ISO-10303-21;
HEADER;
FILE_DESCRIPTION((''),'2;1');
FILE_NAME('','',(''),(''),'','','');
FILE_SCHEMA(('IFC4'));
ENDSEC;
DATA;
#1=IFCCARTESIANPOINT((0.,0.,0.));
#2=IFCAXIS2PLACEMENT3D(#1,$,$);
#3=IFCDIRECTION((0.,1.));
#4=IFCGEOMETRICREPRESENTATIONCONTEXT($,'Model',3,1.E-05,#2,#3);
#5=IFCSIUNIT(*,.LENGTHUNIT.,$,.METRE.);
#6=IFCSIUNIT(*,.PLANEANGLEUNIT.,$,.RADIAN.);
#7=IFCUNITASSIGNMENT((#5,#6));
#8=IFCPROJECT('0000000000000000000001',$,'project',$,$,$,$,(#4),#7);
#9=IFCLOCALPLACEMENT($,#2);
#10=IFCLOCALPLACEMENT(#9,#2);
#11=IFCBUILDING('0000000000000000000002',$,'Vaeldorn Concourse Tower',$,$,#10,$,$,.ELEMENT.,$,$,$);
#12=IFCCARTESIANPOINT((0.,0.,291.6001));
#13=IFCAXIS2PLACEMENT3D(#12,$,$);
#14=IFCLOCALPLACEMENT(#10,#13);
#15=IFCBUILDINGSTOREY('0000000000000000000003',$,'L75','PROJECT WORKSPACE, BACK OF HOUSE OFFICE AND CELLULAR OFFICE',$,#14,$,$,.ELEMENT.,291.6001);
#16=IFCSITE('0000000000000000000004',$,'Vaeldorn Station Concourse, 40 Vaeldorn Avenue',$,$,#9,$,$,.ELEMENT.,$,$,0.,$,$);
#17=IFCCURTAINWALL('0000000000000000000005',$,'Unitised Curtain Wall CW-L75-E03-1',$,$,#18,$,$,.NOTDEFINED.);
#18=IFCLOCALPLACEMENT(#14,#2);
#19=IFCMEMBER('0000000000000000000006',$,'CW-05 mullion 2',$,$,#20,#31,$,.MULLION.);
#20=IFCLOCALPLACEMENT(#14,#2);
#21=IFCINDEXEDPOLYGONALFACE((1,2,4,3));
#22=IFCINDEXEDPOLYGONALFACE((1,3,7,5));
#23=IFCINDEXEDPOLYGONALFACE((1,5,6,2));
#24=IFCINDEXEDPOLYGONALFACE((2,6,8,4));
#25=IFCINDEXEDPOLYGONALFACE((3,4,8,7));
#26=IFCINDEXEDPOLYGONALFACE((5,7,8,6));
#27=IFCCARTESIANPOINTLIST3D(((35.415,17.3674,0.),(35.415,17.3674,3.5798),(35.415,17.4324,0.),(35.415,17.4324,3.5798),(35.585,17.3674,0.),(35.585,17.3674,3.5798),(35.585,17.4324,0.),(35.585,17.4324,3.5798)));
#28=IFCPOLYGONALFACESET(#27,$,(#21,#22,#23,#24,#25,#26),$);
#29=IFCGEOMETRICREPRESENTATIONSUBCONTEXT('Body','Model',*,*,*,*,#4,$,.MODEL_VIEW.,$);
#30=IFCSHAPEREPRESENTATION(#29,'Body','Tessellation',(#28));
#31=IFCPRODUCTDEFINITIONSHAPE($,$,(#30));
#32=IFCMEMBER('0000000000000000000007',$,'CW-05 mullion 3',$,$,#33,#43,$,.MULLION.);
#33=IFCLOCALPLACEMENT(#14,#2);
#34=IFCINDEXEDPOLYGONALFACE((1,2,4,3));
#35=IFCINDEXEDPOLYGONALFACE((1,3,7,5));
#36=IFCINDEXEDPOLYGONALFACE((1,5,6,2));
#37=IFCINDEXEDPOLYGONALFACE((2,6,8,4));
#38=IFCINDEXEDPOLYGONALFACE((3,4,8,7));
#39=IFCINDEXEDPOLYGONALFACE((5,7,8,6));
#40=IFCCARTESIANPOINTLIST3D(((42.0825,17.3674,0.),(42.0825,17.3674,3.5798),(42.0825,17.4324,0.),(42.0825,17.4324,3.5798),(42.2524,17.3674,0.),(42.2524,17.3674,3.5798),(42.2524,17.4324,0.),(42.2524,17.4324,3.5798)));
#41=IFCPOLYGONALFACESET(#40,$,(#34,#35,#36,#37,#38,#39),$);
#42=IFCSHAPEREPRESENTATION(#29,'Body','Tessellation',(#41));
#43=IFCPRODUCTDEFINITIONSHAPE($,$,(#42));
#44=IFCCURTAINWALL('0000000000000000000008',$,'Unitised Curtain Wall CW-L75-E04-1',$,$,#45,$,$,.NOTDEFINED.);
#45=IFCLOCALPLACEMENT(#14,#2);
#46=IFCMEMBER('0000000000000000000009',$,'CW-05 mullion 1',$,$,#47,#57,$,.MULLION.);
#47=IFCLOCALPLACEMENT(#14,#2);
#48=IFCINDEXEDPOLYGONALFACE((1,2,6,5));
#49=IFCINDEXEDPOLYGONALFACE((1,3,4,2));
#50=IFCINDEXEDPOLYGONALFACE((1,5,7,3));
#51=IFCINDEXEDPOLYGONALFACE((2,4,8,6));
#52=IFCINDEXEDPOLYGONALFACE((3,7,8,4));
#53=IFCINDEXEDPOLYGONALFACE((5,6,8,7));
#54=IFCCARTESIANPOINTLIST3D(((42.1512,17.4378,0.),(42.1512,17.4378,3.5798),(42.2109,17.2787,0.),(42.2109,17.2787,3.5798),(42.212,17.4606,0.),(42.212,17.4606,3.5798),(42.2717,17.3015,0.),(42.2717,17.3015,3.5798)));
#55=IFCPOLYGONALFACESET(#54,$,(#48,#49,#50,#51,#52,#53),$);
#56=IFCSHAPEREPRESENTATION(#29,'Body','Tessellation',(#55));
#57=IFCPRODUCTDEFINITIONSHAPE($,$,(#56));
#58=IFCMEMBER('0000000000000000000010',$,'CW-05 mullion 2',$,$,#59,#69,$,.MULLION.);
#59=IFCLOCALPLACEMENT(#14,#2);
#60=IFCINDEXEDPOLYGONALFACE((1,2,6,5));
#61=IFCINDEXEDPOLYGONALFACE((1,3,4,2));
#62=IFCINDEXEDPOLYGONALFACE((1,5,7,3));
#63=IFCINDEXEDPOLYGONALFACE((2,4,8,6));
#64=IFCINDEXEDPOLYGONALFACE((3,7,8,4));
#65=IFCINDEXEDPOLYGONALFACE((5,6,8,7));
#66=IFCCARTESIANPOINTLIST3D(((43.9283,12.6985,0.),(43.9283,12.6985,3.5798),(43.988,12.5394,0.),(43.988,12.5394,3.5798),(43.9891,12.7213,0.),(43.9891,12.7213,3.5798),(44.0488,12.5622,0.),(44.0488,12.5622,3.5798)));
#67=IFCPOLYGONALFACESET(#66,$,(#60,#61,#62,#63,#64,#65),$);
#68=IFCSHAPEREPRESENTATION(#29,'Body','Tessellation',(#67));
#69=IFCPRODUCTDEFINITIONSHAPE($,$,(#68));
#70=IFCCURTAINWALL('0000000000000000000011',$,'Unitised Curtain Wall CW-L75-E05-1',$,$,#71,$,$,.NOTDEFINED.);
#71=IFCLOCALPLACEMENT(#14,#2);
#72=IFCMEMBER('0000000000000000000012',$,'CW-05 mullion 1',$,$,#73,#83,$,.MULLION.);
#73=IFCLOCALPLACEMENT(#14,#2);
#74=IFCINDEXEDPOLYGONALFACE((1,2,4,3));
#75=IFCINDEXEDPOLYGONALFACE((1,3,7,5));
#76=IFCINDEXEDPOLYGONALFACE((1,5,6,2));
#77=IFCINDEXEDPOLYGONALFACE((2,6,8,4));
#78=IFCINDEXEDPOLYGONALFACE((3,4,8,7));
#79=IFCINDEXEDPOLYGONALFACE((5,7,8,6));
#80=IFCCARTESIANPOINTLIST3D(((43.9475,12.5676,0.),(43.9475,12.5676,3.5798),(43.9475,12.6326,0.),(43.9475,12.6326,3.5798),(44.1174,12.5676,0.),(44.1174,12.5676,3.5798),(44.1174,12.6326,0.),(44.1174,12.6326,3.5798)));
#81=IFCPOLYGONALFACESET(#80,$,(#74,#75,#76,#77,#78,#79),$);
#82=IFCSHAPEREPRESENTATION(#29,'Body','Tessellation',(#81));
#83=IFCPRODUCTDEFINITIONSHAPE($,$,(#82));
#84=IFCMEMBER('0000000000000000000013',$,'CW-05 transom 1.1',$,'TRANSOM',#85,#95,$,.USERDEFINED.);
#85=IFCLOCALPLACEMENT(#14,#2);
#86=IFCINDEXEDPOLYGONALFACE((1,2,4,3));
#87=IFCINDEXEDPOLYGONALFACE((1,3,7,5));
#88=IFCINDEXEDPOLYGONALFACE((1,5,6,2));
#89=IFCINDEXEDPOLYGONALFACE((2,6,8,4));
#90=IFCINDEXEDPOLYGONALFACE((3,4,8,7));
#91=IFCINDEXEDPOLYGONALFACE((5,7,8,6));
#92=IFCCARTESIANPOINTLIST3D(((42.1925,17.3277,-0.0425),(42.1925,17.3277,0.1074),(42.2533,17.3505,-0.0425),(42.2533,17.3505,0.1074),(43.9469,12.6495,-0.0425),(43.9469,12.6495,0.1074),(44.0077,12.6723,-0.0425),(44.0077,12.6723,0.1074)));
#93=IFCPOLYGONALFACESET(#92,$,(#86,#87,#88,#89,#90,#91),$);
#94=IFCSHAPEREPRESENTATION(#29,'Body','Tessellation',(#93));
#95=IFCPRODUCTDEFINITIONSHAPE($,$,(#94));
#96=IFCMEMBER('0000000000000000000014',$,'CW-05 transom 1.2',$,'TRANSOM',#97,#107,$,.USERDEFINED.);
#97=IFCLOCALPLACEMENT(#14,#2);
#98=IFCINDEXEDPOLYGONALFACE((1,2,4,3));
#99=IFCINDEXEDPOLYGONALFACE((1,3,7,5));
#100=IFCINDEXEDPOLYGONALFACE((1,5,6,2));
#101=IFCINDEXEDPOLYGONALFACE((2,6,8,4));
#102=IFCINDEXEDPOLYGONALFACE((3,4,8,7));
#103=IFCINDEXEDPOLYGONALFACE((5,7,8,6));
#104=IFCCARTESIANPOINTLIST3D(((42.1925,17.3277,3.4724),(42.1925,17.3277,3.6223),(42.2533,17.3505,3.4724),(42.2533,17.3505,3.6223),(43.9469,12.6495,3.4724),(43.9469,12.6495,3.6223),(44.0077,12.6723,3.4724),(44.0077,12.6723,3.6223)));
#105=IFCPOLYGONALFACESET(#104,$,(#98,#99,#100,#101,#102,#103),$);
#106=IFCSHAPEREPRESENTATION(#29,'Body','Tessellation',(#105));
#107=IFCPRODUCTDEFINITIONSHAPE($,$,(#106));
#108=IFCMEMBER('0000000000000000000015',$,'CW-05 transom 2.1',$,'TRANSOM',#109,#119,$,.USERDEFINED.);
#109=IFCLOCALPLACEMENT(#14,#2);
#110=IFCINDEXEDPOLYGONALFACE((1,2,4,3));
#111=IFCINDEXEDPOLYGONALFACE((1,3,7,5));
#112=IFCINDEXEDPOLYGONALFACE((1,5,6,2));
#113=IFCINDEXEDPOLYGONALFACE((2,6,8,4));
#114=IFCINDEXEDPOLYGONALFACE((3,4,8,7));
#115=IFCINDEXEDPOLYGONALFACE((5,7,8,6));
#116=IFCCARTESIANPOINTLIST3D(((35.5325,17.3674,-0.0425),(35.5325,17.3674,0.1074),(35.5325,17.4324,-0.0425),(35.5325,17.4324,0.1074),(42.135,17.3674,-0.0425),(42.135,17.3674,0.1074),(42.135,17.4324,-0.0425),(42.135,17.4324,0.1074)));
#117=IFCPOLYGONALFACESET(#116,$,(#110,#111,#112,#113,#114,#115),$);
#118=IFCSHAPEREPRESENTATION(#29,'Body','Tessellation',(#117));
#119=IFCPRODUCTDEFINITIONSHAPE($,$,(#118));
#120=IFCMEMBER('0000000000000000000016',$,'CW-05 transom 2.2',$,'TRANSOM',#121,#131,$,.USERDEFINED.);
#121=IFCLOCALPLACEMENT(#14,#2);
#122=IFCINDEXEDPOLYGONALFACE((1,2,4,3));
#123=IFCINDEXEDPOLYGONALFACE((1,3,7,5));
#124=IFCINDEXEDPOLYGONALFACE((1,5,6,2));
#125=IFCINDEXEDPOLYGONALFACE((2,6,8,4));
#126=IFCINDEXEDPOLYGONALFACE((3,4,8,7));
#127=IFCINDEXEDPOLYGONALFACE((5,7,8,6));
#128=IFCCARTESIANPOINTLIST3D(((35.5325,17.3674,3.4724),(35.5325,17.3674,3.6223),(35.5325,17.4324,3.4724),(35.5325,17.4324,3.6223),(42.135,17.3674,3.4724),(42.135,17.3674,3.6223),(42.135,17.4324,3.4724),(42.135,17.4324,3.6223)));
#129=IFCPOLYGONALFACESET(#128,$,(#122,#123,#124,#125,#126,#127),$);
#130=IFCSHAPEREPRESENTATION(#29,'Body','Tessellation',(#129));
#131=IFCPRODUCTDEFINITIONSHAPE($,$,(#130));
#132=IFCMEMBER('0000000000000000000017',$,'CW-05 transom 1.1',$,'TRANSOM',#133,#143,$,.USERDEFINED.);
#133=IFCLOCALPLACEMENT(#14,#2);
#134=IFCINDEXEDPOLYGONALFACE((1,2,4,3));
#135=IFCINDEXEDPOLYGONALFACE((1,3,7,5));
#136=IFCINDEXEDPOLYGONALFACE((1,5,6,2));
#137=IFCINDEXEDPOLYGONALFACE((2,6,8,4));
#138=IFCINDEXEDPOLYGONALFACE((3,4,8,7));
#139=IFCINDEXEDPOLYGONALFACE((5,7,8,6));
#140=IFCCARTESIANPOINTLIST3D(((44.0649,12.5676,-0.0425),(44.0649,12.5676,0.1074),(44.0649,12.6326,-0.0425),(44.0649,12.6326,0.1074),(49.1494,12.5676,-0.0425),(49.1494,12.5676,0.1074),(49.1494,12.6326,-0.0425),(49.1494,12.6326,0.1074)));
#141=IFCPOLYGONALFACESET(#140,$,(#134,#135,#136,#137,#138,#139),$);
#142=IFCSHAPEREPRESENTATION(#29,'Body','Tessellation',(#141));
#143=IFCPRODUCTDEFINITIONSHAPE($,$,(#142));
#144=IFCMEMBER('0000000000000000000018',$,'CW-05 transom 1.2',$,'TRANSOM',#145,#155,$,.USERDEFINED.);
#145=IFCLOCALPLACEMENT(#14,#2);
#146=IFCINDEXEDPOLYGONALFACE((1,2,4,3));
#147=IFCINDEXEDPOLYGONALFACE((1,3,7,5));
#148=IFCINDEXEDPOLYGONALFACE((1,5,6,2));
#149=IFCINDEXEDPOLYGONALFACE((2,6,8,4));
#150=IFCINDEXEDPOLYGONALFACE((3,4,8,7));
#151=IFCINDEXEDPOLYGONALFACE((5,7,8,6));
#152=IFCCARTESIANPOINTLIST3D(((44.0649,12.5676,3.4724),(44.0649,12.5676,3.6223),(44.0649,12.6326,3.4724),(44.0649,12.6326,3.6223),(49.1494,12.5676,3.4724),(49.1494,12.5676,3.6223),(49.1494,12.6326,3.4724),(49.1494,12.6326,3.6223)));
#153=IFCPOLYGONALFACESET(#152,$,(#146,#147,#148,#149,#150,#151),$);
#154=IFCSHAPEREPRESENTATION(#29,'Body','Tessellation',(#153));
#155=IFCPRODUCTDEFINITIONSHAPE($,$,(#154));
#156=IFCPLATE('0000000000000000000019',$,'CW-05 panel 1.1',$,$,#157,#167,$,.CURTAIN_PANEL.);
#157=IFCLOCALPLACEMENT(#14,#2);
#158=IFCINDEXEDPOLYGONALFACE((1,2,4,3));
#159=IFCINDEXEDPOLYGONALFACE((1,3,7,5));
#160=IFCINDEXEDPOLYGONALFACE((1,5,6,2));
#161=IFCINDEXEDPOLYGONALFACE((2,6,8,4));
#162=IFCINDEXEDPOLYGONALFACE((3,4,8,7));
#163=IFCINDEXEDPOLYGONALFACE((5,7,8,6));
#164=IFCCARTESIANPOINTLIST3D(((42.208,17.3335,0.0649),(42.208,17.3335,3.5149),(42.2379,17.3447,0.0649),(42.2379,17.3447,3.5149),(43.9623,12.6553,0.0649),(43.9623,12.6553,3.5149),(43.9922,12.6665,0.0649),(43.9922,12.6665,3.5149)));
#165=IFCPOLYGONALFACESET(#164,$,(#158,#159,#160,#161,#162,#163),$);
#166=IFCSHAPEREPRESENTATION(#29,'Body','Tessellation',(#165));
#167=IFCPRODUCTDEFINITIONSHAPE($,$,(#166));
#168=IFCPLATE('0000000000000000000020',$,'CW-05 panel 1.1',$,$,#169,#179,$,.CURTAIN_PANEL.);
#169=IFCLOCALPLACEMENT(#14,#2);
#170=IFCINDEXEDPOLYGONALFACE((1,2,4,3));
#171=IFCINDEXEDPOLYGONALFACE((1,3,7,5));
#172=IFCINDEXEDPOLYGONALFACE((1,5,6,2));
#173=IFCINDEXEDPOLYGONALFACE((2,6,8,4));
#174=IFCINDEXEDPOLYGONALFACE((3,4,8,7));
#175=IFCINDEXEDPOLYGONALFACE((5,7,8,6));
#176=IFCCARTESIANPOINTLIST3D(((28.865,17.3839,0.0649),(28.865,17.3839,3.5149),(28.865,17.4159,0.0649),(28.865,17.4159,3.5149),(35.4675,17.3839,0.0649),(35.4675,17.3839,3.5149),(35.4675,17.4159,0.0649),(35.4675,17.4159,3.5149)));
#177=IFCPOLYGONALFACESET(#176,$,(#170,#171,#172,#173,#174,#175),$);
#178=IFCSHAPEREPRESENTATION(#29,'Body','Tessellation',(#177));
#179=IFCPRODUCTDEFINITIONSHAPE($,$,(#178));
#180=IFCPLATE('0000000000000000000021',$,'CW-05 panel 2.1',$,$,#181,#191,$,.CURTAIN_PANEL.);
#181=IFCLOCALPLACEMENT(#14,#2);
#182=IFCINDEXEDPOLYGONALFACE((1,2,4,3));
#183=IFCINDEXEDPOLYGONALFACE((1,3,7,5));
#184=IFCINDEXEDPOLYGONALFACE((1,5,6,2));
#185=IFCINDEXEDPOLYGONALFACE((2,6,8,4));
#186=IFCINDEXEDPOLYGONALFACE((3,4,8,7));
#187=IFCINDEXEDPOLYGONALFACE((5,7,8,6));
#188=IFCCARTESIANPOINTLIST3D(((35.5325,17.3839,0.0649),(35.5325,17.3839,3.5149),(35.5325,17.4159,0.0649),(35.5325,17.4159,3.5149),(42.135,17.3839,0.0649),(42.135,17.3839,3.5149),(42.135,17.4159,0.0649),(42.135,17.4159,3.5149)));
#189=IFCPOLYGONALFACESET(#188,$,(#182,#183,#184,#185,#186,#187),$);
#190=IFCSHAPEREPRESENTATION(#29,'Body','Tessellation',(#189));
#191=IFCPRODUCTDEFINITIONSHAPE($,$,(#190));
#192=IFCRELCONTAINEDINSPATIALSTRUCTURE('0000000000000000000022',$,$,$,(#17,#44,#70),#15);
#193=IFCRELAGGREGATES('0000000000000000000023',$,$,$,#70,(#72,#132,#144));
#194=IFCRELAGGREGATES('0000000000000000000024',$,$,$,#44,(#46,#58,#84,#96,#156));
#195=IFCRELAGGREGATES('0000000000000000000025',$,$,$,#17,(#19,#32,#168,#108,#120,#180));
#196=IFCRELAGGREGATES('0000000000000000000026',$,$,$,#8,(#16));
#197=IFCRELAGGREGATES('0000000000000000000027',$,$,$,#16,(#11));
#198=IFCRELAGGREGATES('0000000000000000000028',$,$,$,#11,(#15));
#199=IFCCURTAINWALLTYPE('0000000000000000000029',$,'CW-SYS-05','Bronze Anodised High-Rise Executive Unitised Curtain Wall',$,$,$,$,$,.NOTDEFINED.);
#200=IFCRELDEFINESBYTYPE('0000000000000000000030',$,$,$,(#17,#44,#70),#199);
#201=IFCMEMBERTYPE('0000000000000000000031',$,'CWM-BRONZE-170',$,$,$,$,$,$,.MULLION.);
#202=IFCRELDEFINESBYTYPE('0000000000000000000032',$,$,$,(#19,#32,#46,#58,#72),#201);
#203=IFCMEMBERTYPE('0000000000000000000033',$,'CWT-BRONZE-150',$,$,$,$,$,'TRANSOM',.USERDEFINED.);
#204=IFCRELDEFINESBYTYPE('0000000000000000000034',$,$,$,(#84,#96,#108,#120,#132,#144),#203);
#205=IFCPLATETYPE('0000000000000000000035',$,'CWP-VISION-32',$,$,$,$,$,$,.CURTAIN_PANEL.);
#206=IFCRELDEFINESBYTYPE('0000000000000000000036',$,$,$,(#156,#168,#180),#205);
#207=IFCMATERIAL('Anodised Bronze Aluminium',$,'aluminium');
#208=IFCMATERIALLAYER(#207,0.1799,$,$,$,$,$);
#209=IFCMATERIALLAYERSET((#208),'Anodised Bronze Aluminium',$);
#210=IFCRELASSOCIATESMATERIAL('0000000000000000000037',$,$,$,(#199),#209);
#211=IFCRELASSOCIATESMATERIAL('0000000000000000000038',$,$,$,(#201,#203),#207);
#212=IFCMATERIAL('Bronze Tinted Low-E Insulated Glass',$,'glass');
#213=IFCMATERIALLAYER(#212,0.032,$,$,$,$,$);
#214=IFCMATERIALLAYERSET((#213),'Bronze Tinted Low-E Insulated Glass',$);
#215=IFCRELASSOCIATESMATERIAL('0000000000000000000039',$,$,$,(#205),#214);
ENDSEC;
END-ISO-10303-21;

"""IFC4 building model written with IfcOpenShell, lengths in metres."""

from ifc_helpers import new_model, si_unit, direction, frame, origin, origin_2d, place, context, subcontext, project, spatial, rectangle, extrude, source, transform, mapped, material, layer, layer_set, material_profile, profile_set, type_object, element, aggregate, save


model = new_model("IFC4")

# Units and contexts
model_context = context("Model", 3, precision=1e-05, world=origin(), true_north=direction((0.0, 1.0)))
body_context = subcontext(model_context, "Body", "Model", "MODEL_VIEW")
ifc_project = project(units=[si_unit("LENGTHUNIT", "METRE"), si_unit("PLANEANGLEUNIT", "RADIAN")], contexts=[model_context])

# Site, building, storey
site_placement = place(None, origin())
site = spatial("IfcSite", under=ifc_project, at=site_placement, Name="Vaeldorn Station Concourse, 40 Vaeldorn Avenue", CompositionType="ELEMENT", RefElevation=0.0)
building_placement = place(site_placement, origin())
building = spatial("IfcBuilding", under=site, at=building_placement, Name="Vaeldorn Concourse Tower", CompositionType="ELEMENT")
storey_placement = place(building_placement, frame((0.0, 0.0, 291.6001)))
storey = spatial("IfcBuildingStorey", under=building, at=storey_placement, Name="L75", Description="PROJECT WORKSPACE, BACK OF HOUSE OFFICE AND CELLULAR OFFICE", CompositionType="ELEMENT", Elevation=291.6001)

# Curtain walls, members
ifc_material_1 = material(Name="Anodised Bronze Aluminium", Category="aluminium")
ifc_layer_1 = layer(ifc_material_1, 0.1799)
ifc_layer_set_1 = layer_set([ifc_layer_1], Name="Anodised Bronze Aluminium")
curtain_wall_type = type_object("IfcCurtainWallType", Name="CW-SYS-05", Description="Bronze Anodised High-Rise Executive Unitised Curtain Wall", PredefinedType="NOTDEFINED", material=ifc_layer_set_1)
curtain_wall_1_placement = place(storey_placement, origin())
curtain_wall_1 = element("IfcCurtainWall", 1, at=curtain_wall_1_placement, inside=storey, type_object=curtain_wall_type, Name="Unitised Curtain Wall CW-L75-E03-1", PredefinedType="NOTDEFINED")
ifc_material_profile_1 = material_profile(ifc_material_1, rectangle(XDim=0.0649, YDim=0.1699, at=origin_2d()), Name="CWM 65x170")
ifc_profile_set_1 = profile_set([ifc_material_profile_1], Name="Anodised Bronze Aluminium")
member_type_1 = type_object("IfcMemberType", Name="CWM-BRONZE-170", PredefinedType="MULLION", material=ifc_profile_set_1)
shared_shape_1 = source(origin(), body_context, "Body", "SweptSolid", [
    extrude(rectangle(XDim=0.0649, YDim=0.1699, at=origin_2d()), origin(), (0.0, 0.0, 1.0), 3.5798),
])
member_1_placement = place(storey_placement, frame((35.5, 17.3999, 0.0), z_axis=(0.0, 0.0, 1.0), x_axis=(0.0, 1.0, 0.0)))
member_1 = element("IfcMember", 2, at=member_1_placement, type_object=member_type_1, Name="CW-05 mullion 2", PredefinedType="MULLION", context=body_context, shape_type="MappedRepresentation", body=[
    mapped(shared_shape_1, transform((0.0, 0.0, 0.0), scale=1.0)),
])
member_2_placement = place(storey_placement, frame((42.1675, 17.3999, 0.0), z_axis=(0.0, 0.0, 1.0), x_axis=(0.0, 1.0, 0.0)))
member_2 = element("IfcMember", 3, at=member_2_placement, type_object=member_type_1, Name="CW-05 mullion 3", PredefinedType="MULLION", context=body_context, shape_type="MappedRepresentation", body=[
    mapped(shared_shape_1, transform((0.0, 0.0, 0.0), scale=1.0)),
])
curtain_wall_2_placement = place(storey_placement, origin())
curtain_wall_2 = element("IfcCurtainWall", 4, at=curtain_wall_2_placement, inside=storey, type_object=curtain_wall_type, Name="Unitised Curtain Wall CW-L75-E04-1", PredefinedType="NOTDEFINED")
member_3_placement = place(storey_placement, frame((42.2114, 17.3696, 0.0), z_axis=(0.0, 0.0, 1.0), x_axis=(0.936329, 0.351123, 0.0)))
member_3 = element("IfcMember", 5, at=member_3_placement, type_object=member_type_1, Name="CW-05 mullion 1", PredefinedType="MULLION", context=body_context, shape_type="MappedRepresentation", body=[
    mapped(shared_shape_1, transform((0.0, 0.0, 0.0), scale=1.0)),
])
member_4_placement = place(storey_placement, frame((43.9885, 12.6304, 0.0), z_axis=(0.0, 0.0, 1.0), x_axis=(0.936329, 0.351123, 0.0)))
member_4 = element("IfcMember", 6, at=member_4_placement, type_object=member_type_1, Name="CW-05 mullion 2", PredefinedType="MULLION", context=body_context, shape_type="MappedRepresentation", body=[
    mapped(shared_shape_1, transform((0.0, 0.0, 0.0), scale=1.0)),
])

# Curtain wall, member
curtain_wall_3_placement = place(storey_placement, origin())
curtain_wall_3 = element("IfcCurtainWall", 7, at=curtain_wall_3_placement, inside=storey, type_object=curtain_wall_type, Name="Unitised Curtain Wall CW-L75-E05-1", PredefinedType="NOTDEFINED")
member_5_placement = place(storey_placement, frame((44.0325, 12.6001, 0.0), z_axis=(0.0, 0.0, 1.0), x_axis=(0.0, 1.0, 0.0)))
member_5 = element("IfcMember", 8, at=member_5_placement, type_object=member_type_1, Name="CW-05 mullion 1", PredefinedType="MULLION", context=body_context, shape_type="MappedRepresentation", body=[
    mapped(shared_shape_1, transform((0.0, 0.0, 0.0), scale=1.0)),
])

# Members
ifc_material_profile_2 = material_profile(ifc_material_1, rectangle(XDim=0.0649, YDim=0.1499, at=origin_2d()), Name="CWT 65x150")
ifc_profile_set_2 = profile_set([ifc_material_profile_2], Name="Anodised Bronze Aluminium")
member_type_2 = type_object("IfcMemberType", Name="CWT-BRONZE-150", ElementType="TRANSOM", PredefinedType="USERDEFINED", material=ifc_profile_set_2)
shared_shape_2 = source(origin(), body_context, "Body", "SweptSolid", [
    extrude(rectangle(XDim=0.0649, YDim=0.1499, at=origin_2d()), origin(), (0.0, 0.0, 1.0), 4.9963),
])
member_6_placement = place(storey_placement, frame((42.2229, 17.3391, 0.0325), z_axis=(0.351134, -0.936325, 0.0), x_axis=(0.936325, 0.351134, 0.0)))
member_6 = element("IfcMember", 9, at=member_6_placement, type_object=member_type_2, Name="CW-05 transom 1.1", ObjectType="TRANSOM", PredefinedType="USERDEFINED", context=body_context, shape_type="MappedRepresentation", body=[
    mapped(shared_shape_2, transform((0.0, 0.0, 0.0), scale=1.0)),
])
member_7_placement = place(storey_placement, frame((42.2229, 17.3391, 3.5474), z_axis=(0.351134, -0.936325, 0.0), x_axis=(0.936325, 0.351134, 0.0)))
member_7 = element("IfcMember", 10, at=member_7_placement, type_object=member_type_2, Name="CW-05 transom 1.2", ObjectType="TRANSOM", PredefinedType="USERDEFINED", context=body_context, shape_type="MappedRepresentation", body=[
    mapped(shared_shape_2, transform((0.0, 0.0, 0.0), scale=1.0)),
])
shared_shape_3 = source(origin(), body_context, "Body", "SweptSolid", [
    extrude(rectangle(XDim=0.0649, YDim=0.1499, at=origin_2d()), origin(), (0.0, 0.0, 1.0), 6.6025),
])
member_8_placement = place(storey_placement, frame((35.5325, 17.3999, 0.0325), z_axis=(1.0, 0.0, 0.0), x_axis=(0.0, 1.0, 0.0)))
member_8 = element("IfcMember", 11, at=member_8_placement, type_object=member_type_2, Name="CW-05 transom 2.1", ObjectType="TRANSOM", PredefinedType="USERDEFINED", context=body_context, shape_type="MappedRepresentation", body=[
    mapped(shared_shape_3, transform((0.0, 0.0, 0.0), scale=1.0)),
])
member_9_placement = place(storey_placement, frame((35.5325, 17.3999, 3.5474), z_axis=(1.0, 0.0, 0.0), x_axis=(0.0, 1.0, 0.0)))
member_9 = element("IfcMember", 12, at=member_9_placement, type_object=member_type_2, Name="CW-05 transom 2.2", ObjectType="TRANSOM", PredefinedType="USERDEFINED", context=body_context, shape_type="MappedRepresentation", body=[
    mapped(shared_shape_3, transform((0.0, 0.0, 0.0), scale=1.0)),
])
shared_shape_4 = source(origin(), body_context, "Body", "SweptSolid", [
    extrude(rectangle(XDim=0.0649, YDim=0.1499, at=origin_2d()), origin(), (0.0, 0.0, 1.0), 5.0845),
])
member_10_placement = place(storey_placement, frame((44.0649, 12.6001, 0.0325), z_axis=(1.0, 0.0, 0.0), x_axis=(0.0, 1.0, 0.0)))
member_10 = element("IfcMember", 13, at=member_10_placement, type_object=member_type_2, Name="CW-05 transom 1.1", ObjectType="TRANSOM", PredefinedType="USERDEFINED", context=body_context, shape_type="MappedRepresentation", body=[
    mapped(shared_shape_4, transform((0.0, 0.0, 0.0), scale=1.0)),
])
member_11_placement = place(storey_placement, frame((44.0649, 12.6001, 3.5474), z_axis=(1.0, 0.0, 0.0), x_axis=(0.0, 1.0, 0.0)))
member_11 = element("IfcMember", 14, at=member_11_placement, type_object=member_type_2, Name="CW-05 transom 1.2", ObjectType="TRANSOM", PredefinedType="USERDEFINED", context=body_context, shape_type="MappedRepresentation", body=[
    mapped(shared_shape_4, transform((0.0, 0.0, 0.0), scale=1.0)),
])
aggregate(curtain_wall_3, [member_5, member_10, member_11])

# Plates
ifc_material_2 = material(Name="Bronze Tinted Low-E Insulated Glass", Category="glass")
ifc_layer_2 = layer(ifc_material_2, 0.032)
ifc_layer_set_2 = layer_set([ifc_layer_2], Name="Bronze Tinted Low-E Insulated Glass")
plate_type = type_object("IfcPlateType", Name="CWP-VISION-32", PredefinedType="CURTAIN_PANEL", material=ifc_layer_set_2)
shared_shape_5 = source(origin(), body_context, "Body", "SweptSolid", [
    extrude(rectangle(XDim=4.9963, YDim=0.032, at=origin_2d()), origin(), (0.0, 0.0, 1.0), 3.45),
])
plate_1_placement = place(storey_placement, frame((43.1001, 15.0, 0.0649), z_axis=(0.0, 0.0, 1.0), x_axis=(0.351123, -0.936329, 0.0)))
plate_1 = element("IfcPlate", 15, at=plate_1_placement, type_object=plate_type, Name="CW-05 panel 1.1", PredefinedType="CURTAIN_PANEL", context=body_context, shape_type="MappedRepresentation", body=[
    mapped(shared_shape_5, transform((0.0, 0.0, 0.0), scale=1.0)),
])
aggregate(curtain_wall_2, [member_3, member_4, member_6, member_7, plate_1])
shared_shape_6 = source(origin(), body_context, "Body", "SweptSolid", [
    extrude(rectangle(XDim=6.6025, YDim=0.032, at=origin_2d()), origin(), (0.0, 0.0, 1.0), 3.45),
])
plate_2_placement = place(storey_placement, frame((32.1663, 17.3999, 0.0649), z_axis=(0.0, 0.0, 1.0), x_axis=(1.0, 0.0, 0.0)))
plate_2 = element("IfcPlate", 16, at=plate_2_placement, type_object=plate_type, Name="CW-05 panel 1.1", PredefinedType="CURTAIN_PANEL", context=body_context, shape_type="MappedRepresentation", body=[
    mapped(shared_shape_6, transform((0.0, 0.0, 0.0), scale=1.0)),
])
plate_3_placement = place(storey_placement, frame((38.8337, 17.3999, 0.0649), z_axis=(0.0, 0.0, 1.0), x_axis=(1.0, 0.0, 0.0)))
plate_3 = element("IfcPlate", 17, at=plate_3_placement, type_object=plate_type, Name="CW-05 panel 2.1", PredefinedType="CURTAIN_PANEL", context=body_context, shape_type="MappedRepresentation", body=[
    mapped(shared_shape_6, transform((0.0, 0.0, 0.0), scale=1.0)),
])
aggregate(curtain_wall_1, [member_1, member_2, plate_2, member_8, member_9, plate_3])

save(model, "model.ifc")
